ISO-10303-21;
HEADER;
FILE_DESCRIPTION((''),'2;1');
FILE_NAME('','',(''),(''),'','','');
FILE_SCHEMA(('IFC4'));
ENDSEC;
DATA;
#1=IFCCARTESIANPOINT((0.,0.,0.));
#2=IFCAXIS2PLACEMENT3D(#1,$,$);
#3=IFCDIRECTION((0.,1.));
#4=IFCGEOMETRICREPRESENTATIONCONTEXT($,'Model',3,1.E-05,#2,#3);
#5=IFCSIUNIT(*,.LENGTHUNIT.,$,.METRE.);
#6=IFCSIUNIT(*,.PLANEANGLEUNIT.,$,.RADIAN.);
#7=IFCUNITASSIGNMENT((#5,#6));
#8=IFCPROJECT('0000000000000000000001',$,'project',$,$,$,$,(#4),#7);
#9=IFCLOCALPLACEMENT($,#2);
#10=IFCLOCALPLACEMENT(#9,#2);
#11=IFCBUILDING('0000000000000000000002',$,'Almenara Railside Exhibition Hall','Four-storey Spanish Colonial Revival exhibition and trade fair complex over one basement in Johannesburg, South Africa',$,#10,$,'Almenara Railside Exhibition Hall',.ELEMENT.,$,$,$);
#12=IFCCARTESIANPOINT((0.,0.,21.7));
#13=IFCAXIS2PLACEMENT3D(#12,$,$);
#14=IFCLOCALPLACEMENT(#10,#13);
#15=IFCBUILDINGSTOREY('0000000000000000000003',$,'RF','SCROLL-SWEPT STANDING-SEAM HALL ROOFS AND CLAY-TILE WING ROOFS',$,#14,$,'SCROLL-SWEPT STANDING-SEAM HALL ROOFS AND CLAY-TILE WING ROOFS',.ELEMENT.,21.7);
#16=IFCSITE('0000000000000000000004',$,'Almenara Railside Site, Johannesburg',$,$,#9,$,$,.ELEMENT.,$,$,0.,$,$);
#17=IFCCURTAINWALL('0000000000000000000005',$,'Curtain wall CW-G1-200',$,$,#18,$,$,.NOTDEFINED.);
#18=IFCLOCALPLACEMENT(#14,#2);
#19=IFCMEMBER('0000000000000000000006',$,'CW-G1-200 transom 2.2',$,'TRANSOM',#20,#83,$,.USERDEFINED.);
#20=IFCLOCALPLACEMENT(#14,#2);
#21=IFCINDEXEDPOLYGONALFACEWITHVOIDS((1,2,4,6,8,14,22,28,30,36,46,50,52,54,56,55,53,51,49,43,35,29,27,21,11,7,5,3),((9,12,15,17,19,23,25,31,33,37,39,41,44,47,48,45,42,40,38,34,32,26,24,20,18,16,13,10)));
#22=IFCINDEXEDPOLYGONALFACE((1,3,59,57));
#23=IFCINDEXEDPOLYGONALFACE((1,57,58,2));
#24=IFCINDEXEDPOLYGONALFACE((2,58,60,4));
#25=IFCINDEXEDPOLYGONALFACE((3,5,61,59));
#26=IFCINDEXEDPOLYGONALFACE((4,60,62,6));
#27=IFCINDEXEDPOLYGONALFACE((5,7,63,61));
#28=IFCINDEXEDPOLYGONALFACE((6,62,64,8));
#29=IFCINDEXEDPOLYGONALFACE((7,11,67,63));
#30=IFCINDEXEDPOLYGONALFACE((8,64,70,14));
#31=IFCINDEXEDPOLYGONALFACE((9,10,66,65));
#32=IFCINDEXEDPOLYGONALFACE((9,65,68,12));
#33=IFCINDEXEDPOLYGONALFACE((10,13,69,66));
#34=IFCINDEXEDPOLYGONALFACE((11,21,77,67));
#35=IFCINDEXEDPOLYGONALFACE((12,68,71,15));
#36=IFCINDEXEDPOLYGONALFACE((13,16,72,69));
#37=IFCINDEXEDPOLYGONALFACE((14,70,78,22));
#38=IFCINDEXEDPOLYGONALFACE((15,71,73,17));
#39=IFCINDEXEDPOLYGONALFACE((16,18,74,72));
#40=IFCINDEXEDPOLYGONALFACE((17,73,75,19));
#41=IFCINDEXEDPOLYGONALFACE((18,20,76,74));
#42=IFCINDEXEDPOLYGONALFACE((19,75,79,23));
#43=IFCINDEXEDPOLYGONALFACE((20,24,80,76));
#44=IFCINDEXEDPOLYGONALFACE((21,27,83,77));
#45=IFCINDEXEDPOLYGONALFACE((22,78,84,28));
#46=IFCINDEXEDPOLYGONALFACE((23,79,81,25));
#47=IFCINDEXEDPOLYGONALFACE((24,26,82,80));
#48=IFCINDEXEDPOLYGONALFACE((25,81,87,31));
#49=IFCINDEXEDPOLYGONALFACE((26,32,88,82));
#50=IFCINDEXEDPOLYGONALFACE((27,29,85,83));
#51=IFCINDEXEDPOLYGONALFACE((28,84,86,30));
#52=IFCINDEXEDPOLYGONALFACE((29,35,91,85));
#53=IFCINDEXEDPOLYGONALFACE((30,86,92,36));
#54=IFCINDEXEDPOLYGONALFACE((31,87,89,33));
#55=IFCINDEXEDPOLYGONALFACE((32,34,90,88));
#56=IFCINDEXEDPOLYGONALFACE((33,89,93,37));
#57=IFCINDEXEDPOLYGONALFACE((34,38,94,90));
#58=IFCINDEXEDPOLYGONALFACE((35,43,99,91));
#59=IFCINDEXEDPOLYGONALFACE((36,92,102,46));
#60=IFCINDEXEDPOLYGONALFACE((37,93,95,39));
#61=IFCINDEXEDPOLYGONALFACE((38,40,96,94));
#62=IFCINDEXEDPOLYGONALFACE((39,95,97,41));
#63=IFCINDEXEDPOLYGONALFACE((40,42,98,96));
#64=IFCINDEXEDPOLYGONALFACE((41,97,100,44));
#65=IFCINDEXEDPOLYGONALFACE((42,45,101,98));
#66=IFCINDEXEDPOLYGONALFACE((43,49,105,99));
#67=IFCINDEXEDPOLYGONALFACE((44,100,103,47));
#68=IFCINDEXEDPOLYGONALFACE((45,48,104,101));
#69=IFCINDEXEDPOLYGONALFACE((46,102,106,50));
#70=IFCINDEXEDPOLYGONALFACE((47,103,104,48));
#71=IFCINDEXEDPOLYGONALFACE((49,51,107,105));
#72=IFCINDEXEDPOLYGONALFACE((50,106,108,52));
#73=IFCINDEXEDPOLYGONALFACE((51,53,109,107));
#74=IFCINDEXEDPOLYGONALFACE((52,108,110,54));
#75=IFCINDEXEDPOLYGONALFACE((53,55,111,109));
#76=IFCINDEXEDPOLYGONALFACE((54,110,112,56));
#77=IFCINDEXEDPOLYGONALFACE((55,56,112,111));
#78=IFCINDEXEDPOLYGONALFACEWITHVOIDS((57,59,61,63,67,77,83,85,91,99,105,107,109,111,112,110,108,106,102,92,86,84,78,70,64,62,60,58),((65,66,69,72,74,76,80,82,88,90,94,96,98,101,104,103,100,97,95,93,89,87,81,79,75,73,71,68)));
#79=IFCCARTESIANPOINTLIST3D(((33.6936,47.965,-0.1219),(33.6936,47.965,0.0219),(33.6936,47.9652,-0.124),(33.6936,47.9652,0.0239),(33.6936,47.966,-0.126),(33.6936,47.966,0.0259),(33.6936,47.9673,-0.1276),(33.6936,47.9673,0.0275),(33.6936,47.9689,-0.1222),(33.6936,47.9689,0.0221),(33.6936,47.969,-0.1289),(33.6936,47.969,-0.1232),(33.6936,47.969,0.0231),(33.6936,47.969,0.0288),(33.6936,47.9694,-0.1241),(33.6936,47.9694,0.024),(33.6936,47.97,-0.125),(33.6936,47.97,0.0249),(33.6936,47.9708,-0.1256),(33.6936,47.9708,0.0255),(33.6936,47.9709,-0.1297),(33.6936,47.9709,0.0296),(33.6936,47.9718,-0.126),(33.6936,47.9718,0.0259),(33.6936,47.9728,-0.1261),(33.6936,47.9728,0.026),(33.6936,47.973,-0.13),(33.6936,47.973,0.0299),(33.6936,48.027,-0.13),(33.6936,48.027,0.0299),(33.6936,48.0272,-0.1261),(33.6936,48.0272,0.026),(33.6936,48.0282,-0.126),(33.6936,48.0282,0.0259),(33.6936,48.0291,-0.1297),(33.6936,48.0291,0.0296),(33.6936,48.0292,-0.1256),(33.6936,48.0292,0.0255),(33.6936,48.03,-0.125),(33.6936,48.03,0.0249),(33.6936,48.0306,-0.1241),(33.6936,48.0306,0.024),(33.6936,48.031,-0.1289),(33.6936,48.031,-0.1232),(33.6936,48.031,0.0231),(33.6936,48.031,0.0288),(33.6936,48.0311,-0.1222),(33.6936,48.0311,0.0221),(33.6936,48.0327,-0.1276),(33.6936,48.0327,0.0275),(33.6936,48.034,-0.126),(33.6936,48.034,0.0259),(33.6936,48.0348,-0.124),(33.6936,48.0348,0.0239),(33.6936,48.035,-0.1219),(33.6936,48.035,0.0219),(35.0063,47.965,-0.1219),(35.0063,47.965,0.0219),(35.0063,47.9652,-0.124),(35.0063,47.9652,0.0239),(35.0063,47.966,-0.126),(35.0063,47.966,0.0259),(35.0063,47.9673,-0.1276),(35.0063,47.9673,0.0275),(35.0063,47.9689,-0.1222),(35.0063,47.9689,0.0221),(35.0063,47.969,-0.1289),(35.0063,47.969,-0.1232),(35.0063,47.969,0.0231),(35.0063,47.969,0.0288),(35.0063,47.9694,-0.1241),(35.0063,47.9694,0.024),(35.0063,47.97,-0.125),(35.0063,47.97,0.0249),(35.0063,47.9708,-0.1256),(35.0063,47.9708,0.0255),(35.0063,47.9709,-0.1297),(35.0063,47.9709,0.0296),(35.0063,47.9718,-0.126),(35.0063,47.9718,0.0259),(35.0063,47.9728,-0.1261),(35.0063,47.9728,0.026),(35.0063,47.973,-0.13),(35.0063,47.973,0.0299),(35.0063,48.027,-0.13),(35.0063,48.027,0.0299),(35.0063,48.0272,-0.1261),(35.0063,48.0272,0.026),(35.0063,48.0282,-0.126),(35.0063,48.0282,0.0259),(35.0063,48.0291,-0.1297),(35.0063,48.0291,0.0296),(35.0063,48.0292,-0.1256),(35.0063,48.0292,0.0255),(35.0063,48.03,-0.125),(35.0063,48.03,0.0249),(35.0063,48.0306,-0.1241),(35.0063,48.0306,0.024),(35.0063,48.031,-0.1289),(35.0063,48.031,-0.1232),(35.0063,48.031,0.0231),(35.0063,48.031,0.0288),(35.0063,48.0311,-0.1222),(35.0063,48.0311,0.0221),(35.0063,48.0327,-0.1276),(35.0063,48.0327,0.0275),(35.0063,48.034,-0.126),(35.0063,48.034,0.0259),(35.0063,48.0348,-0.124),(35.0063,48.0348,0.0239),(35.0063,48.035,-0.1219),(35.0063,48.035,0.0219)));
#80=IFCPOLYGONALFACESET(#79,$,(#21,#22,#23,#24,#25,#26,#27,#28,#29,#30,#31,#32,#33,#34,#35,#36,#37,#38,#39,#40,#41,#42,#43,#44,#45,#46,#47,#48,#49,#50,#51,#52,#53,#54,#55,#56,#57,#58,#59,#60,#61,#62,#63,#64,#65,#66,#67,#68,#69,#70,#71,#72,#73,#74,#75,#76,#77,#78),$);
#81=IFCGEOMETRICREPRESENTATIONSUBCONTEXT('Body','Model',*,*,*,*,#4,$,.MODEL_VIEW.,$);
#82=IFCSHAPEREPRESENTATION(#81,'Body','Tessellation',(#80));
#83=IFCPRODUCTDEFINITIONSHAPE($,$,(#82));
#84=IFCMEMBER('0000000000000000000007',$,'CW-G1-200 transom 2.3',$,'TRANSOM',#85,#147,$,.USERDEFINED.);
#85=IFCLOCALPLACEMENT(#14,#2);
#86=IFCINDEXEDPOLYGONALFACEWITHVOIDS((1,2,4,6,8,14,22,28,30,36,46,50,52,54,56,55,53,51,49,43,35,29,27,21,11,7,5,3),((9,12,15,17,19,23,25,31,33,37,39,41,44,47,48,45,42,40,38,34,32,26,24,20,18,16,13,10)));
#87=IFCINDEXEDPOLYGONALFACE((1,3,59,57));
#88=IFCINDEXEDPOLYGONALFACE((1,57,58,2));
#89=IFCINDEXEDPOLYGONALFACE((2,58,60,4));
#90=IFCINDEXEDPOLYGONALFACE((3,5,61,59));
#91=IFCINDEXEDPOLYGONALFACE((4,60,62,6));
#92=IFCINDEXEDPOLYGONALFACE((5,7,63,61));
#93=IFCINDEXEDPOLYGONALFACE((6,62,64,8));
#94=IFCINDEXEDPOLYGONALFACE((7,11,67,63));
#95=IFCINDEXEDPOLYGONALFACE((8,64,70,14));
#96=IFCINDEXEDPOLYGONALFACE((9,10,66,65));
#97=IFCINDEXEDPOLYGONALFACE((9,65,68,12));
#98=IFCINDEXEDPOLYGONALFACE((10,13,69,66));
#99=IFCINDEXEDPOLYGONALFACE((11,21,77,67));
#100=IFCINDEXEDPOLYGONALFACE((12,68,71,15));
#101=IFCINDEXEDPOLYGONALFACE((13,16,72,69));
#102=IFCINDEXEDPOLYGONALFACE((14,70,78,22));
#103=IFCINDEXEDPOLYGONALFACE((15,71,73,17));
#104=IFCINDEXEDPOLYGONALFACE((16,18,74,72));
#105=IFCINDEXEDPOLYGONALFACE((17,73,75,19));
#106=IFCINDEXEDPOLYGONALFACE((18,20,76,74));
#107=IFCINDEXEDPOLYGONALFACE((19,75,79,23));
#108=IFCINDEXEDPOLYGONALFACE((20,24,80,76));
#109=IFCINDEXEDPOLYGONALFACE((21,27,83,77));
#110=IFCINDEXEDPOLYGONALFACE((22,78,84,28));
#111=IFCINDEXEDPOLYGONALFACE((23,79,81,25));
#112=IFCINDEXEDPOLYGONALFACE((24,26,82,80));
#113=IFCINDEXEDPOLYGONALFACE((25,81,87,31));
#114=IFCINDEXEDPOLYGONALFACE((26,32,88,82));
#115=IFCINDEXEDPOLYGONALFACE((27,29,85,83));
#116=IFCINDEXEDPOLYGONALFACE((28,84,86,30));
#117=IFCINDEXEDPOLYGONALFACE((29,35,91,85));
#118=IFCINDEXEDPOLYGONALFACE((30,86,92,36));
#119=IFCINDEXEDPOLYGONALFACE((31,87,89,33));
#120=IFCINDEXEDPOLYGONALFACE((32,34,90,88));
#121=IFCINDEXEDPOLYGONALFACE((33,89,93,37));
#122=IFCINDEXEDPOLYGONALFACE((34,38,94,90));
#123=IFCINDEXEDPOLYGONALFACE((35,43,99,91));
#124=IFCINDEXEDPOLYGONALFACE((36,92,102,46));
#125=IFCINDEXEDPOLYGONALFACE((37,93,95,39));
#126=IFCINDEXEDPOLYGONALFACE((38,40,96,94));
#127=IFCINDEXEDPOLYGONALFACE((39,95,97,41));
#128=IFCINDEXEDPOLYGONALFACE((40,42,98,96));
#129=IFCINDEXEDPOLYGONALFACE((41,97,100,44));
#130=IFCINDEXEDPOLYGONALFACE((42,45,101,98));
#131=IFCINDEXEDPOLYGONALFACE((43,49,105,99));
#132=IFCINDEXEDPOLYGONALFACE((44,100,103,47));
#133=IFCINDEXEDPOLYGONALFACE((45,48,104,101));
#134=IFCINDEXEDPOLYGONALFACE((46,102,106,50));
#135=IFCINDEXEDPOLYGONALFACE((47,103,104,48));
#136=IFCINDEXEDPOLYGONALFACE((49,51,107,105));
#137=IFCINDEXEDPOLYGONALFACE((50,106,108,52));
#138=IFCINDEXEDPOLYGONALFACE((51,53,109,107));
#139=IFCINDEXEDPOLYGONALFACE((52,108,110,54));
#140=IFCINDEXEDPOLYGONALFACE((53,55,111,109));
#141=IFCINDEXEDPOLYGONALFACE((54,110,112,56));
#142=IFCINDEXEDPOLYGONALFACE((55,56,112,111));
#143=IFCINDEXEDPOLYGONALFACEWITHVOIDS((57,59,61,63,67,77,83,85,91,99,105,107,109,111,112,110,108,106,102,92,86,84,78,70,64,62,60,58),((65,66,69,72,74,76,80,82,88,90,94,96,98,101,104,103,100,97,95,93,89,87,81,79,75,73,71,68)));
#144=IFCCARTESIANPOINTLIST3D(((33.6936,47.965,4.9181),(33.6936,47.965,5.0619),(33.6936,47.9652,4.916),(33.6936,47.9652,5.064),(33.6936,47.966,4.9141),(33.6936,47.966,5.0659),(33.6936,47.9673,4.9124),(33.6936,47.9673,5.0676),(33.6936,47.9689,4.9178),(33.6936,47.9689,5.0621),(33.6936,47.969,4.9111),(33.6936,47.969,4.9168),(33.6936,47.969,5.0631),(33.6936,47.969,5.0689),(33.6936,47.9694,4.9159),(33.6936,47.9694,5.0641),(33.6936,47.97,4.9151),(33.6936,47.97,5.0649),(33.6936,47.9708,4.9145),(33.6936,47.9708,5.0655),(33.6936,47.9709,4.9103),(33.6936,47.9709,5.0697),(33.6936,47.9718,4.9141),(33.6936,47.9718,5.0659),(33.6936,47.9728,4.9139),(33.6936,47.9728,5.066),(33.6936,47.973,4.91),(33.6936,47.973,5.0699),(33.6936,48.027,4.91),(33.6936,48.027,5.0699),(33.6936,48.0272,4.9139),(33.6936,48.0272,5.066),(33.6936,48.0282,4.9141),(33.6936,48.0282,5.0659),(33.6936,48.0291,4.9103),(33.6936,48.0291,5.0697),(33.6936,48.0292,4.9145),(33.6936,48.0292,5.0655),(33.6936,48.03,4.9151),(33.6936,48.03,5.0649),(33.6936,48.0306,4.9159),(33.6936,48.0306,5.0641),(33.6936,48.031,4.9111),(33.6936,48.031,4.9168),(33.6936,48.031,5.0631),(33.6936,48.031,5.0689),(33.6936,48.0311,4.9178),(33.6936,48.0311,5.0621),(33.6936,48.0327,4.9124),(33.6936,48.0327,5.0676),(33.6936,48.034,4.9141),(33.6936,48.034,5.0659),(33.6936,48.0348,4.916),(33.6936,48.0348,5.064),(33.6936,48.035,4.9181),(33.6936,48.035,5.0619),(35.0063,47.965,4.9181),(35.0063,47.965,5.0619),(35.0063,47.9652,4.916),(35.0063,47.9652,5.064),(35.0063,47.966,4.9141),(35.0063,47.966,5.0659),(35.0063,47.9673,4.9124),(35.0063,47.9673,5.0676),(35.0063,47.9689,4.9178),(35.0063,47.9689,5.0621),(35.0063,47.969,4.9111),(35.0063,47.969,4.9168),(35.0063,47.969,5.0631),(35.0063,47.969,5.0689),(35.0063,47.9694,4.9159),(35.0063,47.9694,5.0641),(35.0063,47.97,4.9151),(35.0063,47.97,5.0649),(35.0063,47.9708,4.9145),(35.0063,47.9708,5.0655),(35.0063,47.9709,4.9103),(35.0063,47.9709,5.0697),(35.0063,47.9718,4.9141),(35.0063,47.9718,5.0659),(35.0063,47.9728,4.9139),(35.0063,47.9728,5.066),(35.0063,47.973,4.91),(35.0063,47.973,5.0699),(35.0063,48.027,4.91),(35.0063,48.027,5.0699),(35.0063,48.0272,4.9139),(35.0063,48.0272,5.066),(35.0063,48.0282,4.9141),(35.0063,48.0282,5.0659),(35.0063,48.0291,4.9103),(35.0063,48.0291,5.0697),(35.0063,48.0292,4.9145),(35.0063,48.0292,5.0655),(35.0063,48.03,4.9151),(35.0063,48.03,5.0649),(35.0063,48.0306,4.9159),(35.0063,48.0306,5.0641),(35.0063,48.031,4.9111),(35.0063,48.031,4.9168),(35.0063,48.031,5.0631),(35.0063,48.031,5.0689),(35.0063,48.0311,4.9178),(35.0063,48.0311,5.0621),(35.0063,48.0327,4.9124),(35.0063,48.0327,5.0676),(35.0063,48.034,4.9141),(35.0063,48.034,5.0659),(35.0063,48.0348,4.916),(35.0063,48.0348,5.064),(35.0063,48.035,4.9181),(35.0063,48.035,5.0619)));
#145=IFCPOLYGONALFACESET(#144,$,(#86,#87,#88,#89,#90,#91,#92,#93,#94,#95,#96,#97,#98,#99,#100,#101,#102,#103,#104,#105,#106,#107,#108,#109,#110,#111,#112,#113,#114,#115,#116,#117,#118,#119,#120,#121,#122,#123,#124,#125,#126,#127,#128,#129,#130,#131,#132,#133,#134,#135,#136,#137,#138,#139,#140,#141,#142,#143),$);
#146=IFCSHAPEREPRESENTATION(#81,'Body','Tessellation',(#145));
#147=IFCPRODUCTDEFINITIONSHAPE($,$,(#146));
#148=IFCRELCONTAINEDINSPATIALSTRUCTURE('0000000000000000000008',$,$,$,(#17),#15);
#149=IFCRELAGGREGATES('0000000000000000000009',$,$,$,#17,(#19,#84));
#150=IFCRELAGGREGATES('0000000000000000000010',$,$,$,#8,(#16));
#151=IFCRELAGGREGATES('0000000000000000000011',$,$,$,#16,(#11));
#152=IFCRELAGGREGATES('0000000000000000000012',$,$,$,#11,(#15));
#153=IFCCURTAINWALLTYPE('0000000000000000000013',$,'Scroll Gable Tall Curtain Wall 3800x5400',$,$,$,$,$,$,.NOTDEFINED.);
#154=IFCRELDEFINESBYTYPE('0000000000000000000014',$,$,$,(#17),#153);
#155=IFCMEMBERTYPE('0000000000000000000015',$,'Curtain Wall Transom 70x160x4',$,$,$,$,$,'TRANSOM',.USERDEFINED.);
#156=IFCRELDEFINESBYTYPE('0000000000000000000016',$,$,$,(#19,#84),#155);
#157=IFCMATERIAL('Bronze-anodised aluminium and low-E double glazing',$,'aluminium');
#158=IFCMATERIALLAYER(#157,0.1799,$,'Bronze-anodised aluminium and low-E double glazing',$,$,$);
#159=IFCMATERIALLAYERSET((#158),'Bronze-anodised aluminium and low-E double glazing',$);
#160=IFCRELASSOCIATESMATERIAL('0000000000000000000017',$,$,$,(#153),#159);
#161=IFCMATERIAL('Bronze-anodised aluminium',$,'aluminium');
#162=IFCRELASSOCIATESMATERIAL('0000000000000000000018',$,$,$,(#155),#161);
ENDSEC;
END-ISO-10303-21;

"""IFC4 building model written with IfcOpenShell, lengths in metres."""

from ifc_helpers import new_model, si_unit, direction, frame, origin, origin_2d, place, context, subcontext, project, spatial, hollow_rectangle, extrude, material, layer, layer_set, material_profile, profile_set, type_object, element, aggregate, save


model = new_model("IFC4")

# Units and contexts
model_context = context("Model", 3, precision=1e-05, world=origin(), true_north=direction((0.0, 1.0)))
body_context = subcontext(model_context, "Body", "Model", "MODEL_VIEW")
ifc_project = project(units=[si_unit("LENGTHUNIT", "METRE"), si_unit("PLANEANGLEUNIT", "RADIAN")], contexts=[model_context])

# Site, building, storey
site_placement = place(None, origin())
site = spatial("IfcSite", under=ifc_project, at=site_placement, Name="Almenara Railside Site, Johannesburg", CompositionType="ELEMENT", RefElevation=0.0)
building_placement = place(site_placement, origin())
building = spatial("IfcBuilding", under=site, at=building_placement, Name="Almenara Railside Exhibition Hall", Description="Four-storey Spanish Colonial Revival exhibition and trade fair complex over one basement in Johannesburg, South Africa", LongName="Almenara Railside Exhibition Hall", CompositionType="ELEMENT")
storey_placement = place(building_placement, frame((0.0, 0.0, 21.7)))
storey = spatial("IfcBuildingStorey", under=building, at=storey_placement, Name="RF", Description="SCROLL-SWEPT STANDING-SEAM HALL ROOFS AND CLAY-TILE WING ROOFS", LongName="SCROLL-SWEPT STANDING-SEAM HALL ROOFS AND CLAY-TILE WING ROOFS", CompositionType="ELEMENT", Elevation=21.7)

# Curtain wall, members
ifc_material_1 = material(Name="Bronze-anodised aluminium and low-E double glazing", Category="aluminium")
ifc_layer_1 = layer(ifc_material_1, 0.1799, Name="Bronze-anodised aluminium and low-E double glazing")
ifc_layer_set_1 = layer_set([ifc_layer_1], Name="Bronze-anodised aluminium and low-E double glazing")
curtain_wall_type = type_object("IfcCurtainWallType", Name="Scroll Gable Tall Curtain Wall 3800x5400", PredefinedType="NOTDEFINED", material=ifc_layer_set_1)
ifc_material_2 = material(Name="Bronze-anodised aluminium", Category="aluminium")
curtain_wall_1_placement = place(storey_placement, origin())
curtain_wall_1 = element("IfcCurtainWall", 1, at=curtain_wall_1_placement, inside=storey, type_object=curtain_wall_type, Name="Curtain wall CW-G1-200", PredefinedType="NOTDEFINED")
ifc_material_profile_1 = material_profile(ifc_material_2, hollow_rectangle(XDim=0.0701, YDim=0.1599, WallThickness=0.0039, InnerFilletRadius=0.0039, OuterFilletRadius=0.0081, at=origin_2d()), Name="ALU-TRN 70x160x4")
ifc_profile_set_1 = profile_set([ifc_material_profile_1], Name="Bronze-anodised aluminium")
member_type_1 = type_object("IfcMemberType", Name="Curtain Wall Transom 70x160x4", ElementType="TRANSOM", PredefinedType="USERDEFINED", material=ifc_profile_set_1)
member_1_placement = place(storey_placement, frame((33.6936, 48.0, -0.05), z_axis=(1.0, 0.0, 0.0), x_axis=(0.0, 1.0, 0.0)))
member_1 = element("IfcMember", 2, at=member_1_placement, type_object=member_type_1, Name="CW-G1-200 transom 2.2", ObjectType="TRANSOM", PredefinedType="USERDEFINED", context=body_context, shape_type="SweptSolid", body=[
    extrude(hollow_rectangle(XDim=0.0701, YDim=0.1599, WallThickness=0.0039, InnerFilletRadius=0.0039, OuterFilletRadius=0.0081, at=origin_2d()), origin(), (0.0, 0.0, 1.0), 1.3127),
])
member_2_placement = place(storey_placement, frame((33.6936, 48.0, 4.99), z_axis=(1.0, 0.0, 0.0), x_axis=(0.0, 1.0, 0.0)))
member_2 = element("IfcMember", 3, at=member_2_placement, type_object=member_type_1, Name="CW-G1-200 transom 2.3", ObjectType="TRANSOM", PredefinedType="USERDEFINED", context=body_context, shape_type="SweptSolid", body=[
    extrude(hollow_rectangle(XDim=0.0701, YDim=0.1599, WallThickness=0.0039, InnerFilletRadius=0.0039, OuterFilletRadius=0.0081, at=origin_2d()), origin(), (0.0, 0.0, 1.0), 1.3127),
])

aggregate(curtain_wall_1, [member_1, member_2])

save(model, "model.ifc")
